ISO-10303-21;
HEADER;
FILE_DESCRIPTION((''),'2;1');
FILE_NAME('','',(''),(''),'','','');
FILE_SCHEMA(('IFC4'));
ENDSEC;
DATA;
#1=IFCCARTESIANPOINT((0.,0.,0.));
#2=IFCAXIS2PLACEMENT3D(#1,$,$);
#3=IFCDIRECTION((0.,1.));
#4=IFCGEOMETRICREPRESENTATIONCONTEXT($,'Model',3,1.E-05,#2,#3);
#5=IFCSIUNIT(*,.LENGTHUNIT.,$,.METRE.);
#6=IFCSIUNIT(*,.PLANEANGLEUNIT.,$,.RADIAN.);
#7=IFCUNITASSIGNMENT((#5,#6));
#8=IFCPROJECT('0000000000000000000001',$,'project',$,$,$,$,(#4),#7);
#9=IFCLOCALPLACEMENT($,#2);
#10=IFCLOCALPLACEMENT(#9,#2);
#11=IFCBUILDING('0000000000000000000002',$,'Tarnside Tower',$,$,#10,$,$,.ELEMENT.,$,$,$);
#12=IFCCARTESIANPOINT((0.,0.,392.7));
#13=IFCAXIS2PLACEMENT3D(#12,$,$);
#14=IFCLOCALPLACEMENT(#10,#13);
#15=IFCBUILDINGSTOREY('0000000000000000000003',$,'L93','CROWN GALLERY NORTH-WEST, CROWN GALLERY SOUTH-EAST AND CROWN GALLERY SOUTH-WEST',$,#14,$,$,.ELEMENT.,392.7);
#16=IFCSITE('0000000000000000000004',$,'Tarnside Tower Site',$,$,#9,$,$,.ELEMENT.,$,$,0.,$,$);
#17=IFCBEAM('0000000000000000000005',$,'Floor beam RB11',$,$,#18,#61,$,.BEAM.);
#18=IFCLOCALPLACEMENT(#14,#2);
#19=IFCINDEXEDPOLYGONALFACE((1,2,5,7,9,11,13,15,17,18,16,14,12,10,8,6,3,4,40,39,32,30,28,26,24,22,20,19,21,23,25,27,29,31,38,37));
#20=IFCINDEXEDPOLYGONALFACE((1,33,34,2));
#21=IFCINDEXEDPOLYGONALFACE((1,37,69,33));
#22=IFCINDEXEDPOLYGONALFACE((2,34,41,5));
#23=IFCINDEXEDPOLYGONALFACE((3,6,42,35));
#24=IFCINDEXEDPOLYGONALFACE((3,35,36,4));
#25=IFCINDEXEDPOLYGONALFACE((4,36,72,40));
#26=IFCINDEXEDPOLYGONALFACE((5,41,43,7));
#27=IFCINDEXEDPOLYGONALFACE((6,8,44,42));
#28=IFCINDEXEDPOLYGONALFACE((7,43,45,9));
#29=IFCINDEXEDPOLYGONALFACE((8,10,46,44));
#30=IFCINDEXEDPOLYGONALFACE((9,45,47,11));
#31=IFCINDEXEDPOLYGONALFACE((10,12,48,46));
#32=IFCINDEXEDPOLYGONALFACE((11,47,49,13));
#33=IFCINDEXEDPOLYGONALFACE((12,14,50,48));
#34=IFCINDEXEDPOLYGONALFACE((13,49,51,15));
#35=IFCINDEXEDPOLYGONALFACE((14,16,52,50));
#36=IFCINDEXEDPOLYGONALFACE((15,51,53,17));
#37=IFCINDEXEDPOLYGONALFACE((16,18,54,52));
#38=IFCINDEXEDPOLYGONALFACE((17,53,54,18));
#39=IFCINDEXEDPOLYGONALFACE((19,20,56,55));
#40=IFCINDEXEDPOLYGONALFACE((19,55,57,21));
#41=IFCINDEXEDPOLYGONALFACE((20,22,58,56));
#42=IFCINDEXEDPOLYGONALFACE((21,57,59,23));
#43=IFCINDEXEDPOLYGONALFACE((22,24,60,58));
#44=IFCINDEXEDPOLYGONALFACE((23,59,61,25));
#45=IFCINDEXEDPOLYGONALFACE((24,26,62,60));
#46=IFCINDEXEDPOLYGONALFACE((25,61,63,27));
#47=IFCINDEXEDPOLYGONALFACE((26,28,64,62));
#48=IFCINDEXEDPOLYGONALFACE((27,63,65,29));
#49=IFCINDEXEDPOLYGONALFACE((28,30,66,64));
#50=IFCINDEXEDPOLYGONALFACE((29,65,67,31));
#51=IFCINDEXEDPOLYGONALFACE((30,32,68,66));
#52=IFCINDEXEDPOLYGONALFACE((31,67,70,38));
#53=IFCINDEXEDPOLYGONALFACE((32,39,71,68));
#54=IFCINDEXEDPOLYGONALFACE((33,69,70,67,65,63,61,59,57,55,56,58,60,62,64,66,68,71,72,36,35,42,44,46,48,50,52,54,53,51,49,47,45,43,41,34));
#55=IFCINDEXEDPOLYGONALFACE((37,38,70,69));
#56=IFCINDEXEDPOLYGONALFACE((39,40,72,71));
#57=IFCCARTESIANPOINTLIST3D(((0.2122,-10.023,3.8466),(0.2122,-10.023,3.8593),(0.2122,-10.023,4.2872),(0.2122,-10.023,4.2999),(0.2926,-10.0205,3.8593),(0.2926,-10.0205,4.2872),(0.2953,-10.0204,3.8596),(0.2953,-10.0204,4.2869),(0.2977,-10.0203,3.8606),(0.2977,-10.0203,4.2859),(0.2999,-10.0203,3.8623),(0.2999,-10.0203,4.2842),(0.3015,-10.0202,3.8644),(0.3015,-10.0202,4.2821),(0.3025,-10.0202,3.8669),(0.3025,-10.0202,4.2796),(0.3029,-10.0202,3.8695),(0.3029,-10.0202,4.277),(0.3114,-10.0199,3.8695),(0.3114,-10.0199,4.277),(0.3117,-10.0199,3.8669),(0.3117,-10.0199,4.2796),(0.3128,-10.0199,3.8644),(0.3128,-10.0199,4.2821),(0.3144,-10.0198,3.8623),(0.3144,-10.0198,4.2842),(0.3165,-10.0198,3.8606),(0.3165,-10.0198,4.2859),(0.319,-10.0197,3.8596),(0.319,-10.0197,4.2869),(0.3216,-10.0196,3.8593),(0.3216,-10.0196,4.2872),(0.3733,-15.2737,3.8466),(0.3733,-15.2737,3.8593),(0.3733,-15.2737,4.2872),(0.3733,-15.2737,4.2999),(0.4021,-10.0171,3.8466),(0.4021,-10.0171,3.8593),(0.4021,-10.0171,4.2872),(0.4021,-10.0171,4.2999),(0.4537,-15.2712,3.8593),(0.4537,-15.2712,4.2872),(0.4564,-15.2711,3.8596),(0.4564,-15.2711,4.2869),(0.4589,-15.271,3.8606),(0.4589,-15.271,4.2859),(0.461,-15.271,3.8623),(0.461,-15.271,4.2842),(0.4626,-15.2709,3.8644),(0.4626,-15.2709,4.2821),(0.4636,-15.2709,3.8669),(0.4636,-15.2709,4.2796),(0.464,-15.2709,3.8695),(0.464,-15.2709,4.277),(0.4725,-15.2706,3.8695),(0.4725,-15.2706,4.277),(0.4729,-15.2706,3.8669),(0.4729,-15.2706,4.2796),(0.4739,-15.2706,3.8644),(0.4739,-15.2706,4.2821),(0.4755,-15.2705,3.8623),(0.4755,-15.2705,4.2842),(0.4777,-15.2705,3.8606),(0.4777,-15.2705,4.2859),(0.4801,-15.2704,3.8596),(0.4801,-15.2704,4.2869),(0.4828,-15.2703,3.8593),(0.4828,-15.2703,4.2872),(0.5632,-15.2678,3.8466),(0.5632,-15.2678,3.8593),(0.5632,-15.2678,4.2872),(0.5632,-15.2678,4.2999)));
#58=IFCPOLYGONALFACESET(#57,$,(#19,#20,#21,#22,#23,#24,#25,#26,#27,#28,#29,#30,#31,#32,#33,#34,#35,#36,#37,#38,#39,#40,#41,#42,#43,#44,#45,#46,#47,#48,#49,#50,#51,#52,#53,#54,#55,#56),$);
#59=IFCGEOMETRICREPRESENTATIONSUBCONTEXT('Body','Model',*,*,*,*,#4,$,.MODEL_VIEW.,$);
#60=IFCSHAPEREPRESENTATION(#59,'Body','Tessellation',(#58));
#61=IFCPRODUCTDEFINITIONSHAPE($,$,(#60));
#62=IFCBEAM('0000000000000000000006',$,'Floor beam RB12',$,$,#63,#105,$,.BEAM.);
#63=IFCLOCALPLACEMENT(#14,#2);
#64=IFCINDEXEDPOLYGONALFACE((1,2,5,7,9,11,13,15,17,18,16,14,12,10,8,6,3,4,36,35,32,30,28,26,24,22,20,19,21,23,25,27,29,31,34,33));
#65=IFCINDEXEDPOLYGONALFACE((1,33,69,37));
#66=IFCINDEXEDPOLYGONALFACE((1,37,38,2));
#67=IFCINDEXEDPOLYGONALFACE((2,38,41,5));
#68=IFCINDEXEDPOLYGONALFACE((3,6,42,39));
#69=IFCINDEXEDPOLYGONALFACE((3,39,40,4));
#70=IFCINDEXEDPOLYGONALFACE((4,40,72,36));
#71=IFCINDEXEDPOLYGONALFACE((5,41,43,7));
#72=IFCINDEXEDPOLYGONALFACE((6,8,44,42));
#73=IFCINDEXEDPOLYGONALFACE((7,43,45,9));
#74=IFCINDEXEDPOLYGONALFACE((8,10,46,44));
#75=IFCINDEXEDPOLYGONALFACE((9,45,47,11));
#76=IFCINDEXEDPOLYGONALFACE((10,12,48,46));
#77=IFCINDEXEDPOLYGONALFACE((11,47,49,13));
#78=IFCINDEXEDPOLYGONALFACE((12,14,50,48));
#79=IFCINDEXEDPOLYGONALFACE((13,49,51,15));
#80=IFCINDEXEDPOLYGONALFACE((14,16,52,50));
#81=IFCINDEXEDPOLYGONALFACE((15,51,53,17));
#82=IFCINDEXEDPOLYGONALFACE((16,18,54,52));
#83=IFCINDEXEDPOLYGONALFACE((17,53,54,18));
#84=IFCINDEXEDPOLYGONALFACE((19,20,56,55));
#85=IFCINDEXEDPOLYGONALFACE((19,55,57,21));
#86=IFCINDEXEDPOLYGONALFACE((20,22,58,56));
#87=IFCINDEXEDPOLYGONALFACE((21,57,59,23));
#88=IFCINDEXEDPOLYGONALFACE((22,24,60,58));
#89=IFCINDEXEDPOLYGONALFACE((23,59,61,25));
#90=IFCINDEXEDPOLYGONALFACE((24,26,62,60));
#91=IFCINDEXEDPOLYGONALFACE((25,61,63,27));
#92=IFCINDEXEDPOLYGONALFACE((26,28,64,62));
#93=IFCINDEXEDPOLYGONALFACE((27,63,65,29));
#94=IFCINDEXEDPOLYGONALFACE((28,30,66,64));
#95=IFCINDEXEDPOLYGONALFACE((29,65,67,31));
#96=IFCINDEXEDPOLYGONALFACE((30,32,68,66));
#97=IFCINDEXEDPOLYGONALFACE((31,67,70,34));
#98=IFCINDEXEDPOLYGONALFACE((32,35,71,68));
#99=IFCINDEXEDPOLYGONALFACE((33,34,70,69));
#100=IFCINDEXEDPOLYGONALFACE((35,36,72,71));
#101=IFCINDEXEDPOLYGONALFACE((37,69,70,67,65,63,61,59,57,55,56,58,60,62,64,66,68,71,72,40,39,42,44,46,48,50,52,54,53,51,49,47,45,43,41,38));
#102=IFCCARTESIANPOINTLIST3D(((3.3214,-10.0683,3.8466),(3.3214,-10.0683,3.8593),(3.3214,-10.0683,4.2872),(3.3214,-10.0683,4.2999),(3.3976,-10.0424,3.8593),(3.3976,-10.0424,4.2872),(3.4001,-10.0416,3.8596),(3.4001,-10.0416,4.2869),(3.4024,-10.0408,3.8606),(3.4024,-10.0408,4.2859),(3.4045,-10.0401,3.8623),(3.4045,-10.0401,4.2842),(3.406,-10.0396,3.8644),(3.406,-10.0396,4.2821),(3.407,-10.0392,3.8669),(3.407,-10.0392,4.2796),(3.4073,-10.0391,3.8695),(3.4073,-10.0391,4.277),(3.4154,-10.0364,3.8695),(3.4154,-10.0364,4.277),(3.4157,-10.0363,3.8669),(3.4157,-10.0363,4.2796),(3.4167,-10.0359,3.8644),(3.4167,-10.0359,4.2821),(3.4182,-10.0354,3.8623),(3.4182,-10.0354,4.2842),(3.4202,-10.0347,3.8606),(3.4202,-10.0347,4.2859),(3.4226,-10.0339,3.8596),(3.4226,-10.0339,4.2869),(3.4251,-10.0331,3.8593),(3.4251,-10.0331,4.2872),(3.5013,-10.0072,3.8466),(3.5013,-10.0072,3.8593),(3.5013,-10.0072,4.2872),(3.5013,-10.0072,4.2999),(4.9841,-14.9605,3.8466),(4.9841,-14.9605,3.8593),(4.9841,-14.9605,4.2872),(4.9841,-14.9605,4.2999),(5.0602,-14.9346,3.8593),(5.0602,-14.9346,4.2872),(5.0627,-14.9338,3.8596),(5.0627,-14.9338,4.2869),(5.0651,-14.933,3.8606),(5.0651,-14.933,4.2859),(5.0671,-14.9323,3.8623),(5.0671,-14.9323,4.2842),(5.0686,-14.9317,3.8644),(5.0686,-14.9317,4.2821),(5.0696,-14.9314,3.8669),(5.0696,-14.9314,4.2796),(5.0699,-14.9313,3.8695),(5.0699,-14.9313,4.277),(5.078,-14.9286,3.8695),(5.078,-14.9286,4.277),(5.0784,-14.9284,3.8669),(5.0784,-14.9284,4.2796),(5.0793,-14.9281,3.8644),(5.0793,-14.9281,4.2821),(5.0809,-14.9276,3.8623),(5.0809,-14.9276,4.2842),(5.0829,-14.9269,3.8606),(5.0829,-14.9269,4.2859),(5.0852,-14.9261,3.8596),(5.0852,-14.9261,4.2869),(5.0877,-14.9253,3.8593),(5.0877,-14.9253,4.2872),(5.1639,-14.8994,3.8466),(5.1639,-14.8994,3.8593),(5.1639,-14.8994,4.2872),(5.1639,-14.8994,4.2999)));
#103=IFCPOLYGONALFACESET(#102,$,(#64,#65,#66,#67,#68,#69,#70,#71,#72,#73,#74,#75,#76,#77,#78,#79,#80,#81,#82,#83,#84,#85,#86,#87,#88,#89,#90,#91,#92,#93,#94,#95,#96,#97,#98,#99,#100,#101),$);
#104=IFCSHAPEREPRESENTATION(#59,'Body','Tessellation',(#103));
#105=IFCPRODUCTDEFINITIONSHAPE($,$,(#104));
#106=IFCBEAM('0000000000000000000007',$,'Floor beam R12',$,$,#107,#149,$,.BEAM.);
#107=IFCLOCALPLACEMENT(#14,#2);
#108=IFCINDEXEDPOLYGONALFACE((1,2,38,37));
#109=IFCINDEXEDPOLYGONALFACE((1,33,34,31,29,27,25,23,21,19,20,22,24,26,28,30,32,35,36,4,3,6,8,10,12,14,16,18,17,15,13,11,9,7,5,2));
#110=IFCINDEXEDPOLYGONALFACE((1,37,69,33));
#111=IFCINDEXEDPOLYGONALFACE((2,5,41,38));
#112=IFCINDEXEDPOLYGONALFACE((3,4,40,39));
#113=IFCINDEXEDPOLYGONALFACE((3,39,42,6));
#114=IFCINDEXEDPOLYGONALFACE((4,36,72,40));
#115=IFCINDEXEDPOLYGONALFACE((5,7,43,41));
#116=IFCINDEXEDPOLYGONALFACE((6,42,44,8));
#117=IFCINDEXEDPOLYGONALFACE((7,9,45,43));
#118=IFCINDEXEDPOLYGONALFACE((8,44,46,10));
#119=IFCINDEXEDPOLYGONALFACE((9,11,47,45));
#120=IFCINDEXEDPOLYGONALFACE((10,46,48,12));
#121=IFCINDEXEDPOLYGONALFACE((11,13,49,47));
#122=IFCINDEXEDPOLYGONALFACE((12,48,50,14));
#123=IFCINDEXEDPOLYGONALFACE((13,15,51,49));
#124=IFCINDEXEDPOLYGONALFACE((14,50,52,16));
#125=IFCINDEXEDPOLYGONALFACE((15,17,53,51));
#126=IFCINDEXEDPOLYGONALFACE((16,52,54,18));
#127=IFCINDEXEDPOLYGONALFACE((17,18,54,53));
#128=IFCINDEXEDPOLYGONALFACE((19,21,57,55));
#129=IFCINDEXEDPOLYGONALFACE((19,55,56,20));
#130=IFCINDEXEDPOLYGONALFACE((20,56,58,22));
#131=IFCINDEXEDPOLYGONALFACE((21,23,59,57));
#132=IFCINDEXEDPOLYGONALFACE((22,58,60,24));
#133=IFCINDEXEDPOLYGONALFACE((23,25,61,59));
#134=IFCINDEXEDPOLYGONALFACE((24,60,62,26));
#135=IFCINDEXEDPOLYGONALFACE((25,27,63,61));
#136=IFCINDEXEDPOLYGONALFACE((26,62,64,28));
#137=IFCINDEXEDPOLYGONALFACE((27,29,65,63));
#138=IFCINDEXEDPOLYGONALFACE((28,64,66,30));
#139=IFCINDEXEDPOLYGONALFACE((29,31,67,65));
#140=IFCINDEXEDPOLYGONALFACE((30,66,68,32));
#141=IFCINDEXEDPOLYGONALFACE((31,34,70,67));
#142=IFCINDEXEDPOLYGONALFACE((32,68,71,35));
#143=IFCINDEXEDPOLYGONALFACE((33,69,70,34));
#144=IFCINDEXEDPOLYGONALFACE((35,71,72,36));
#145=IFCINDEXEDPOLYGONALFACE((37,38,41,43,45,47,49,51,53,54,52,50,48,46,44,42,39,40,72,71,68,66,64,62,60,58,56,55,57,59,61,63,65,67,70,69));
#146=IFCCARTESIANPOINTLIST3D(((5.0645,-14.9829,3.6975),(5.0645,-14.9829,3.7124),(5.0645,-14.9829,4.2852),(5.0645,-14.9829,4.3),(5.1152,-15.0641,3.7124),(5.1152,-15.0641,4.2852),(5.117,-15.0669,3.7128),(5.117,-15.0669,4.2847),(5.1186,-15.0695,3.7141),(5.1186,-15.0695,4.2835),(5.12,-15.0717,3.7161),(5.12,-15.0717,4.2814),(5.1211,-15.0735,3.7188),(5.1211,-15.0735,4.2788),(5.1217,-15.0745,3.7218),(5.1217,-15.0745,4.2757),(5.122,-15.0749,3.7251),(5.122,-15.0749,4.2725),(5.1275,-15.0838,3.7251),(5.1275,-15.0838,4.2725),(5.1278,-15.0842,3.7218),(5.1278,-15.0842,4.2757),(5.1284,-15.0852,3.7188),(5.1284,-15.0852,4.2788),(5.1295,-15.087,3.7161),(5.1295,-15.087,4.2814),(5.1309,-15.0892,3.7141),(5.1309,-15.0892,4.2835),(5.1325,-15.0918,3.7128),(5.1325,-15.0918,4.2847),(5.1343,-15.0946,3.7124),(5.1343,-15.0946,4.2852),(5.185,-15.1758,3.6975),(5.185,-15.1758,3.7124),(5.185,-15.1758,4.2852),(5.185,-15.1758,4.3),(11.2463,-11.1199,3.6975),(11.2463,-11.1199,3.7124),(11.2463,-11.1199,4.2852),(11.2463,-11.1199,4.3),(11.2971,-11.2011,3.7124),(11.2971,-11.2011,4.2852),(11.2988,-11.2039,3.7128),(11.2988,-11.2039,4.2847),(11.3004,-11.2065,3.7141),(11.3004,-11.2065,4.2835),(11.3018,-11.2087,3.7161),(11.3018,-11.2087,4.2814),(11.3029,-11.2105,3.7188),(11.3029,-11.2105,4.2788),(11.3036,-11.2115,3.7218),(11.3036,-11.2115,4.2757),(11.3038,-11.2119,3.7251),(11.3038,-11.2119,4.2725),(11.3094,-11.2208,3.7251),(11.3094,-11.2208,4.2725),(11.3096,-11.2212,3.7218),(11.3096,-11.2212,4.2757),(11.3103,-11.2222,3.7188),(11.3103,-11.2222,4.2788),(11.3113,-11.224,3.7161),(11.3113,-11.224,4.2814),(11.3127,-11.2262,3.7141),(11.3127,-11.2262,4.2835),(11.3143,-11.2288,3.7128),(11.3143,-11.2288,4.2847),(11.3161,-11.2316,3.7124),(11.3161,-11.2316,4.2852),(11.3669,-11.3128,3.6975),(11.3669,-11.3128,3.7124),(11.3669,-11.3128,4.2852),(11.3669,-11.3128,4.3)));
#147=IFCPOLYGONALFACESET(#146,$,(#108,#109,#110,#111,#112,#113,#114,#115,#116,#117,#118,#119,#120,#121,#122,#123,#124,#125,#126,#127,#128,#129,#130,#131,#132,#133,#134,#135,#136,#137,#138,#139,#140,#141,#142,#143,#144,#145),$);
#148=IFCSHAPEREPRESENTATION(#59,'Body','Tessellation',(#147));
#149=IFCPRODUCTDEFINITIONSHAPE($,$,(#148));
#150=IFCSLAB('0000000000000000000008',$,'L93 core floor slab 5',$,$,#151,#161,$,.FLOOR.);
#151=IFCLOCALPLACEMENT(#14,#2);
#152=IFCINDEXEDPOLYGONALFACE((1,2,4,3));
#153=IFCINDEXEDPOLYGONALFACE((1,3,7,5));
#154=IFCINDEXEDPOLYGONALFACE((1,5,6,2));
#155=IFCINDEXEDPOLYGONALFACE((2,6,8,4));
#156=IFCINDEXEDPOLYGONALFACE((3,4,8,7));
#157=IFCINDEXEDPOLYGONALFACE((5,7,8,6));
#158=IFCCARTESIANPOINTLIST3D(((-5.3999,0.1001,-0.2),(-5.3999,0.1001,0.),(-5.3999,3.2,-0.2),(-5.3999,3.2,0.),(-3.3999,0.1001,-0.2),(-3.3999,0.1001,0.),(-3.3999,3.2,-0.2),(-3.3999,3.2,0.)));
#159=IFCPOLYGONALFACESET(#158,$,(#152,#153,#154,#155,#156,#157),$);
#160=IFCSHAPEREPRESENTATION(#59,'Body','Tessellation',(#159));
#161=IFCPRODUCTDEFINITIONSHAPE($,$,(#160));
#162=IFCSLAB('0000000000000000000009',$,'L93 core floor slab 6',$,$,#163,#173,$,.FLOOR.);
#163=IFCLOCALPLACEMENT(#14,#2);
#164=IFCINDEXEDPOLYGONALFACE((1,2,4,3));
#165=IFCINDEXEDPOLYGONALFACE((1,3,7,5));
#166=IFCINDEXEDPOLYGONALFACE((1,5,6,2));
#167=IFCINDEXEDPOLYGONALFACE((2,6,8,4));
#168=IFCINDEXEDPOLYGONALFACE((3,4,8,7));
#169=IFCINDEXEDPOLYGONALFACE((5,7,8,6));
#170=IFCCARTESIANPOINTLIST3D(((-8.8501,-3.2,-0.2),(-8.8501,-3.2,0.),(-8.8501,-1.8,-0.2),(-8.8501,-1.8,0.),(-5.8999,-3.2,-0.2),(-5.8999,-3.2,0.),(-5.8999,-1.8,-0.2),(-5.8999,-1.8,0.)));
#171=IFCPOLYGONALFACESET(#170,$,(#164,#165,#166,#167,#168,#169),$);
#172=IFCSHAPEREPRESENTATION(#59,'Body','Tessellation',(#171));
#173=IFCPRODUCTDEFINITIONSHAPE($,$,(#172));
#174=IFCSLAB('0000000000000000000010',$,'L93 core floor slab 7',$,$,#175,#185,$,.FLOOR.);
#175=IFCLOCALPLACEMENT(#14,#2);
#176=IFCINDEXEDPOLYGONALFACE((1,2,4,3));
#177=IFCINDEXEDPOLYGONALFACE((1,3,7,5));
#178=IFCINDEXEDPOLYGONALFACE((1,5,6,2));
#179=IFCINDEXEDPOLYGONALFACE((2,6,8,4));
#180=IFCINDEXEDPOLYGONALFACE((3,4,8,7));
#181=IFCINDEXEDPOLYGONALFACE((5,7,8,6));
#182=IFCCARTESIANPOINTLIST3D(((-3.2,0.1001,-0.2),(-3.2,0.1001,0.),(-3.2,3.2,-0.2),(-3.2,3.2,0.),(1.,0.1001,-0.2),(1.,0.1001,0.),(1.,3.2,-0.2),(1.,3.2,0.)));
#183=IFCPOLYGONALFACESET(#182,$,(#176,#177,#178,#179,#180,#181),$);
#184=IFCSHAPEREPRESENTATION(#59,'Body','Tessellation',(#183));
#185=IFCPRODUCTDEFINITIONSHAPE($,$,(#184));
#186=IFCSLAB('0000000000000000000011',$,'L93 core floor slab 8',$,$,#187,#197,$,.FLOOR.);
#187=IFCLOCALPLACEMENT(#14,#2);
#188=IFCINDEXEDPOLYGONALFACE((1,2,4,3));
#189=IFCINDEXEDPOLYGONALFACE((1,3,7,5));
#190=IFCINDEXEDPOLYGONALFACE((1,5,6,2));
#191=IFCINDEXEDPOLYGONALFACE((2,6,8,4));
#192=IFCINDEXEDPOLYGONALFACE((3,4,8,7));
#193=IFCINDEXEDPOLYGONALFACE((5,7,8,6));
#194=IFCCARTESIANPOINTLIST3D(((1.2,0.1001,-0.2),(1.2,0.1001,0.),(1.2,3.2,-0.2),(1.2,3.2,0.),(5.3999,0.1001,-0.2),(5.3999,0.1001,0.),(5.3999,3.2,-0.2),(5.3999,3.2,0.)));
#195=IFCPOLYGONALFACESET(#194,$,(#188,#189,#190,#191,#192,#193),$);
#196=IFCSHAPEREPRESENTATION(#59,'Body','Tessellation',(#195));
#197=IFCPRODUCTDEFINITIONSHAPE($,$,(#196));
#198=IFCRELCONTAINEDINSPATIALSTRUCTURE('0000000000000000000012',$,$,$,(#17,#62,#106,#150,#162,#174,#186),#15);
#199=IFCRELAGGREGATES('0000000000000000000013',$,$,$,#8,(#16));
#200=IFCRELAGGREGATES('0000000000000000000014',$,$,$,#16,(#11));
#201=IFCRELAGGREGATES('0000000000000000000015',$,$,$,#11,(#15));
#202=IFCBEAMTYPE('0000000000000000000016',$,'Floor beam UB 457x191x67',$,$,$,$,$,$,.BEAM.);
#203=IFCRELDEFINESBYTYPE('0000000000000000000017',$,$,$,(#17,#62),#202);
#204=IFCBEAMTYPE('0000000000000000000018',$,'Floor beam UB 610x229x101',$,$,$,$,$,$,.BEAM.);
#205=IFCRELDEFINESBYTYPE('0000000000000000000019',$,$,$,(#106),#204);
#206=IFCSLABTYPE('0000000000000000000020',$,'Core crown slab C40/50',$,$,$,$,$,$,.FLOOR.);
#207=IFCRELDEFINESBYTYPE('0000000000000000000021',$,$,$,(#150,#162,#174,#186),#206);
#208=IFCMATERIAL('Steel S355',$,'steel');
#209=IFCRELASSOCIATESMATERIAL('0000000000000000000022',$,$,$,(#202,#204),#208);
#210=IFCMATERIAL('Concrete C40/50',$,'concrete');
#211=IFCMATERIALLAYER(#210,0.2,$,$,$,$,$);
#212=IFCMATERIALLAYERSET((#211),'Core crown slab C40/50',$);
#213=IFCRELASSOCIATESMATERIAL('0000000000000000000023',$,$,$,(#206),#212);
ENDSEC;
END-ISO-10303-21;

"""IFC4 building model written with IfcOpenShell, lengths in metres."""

from ifc_helpers import new_model, si_unit, direction, frame, origin, origin_2d, place, context, subcontext, project, spatial, polyline, i_section, outline, extrude, material, layer, layer_set, material_profile, profile_set, type_object, element, save


model = new_model("IFC4")

# Units and contexts
model_context = context("Model", 3, precision=1e-05, world=origin(), true_north=direction((0.0, 1.0)))
body_context = subcontext(model_context, "Body", "Model", "MODEL_VIEW")
ifc_project = project(units=[si_unit("LENGTHUNIT", "METRE"), si_unit("PLANEANGLEUNIT", "RADIAN")], contexts=[model_context])

# Site, building, storey
site_placement = place(None, origin())
site = spatial("IfcSite", under=ifc_project, at=site_placement, Name="Tarnside Tower Site", CompositionType="ELEMENT", RefElevation=0.0)
building_placement = place(site_placement, origin())
building = spatial("IfcBuilding", under=site, at=building_placement, Name="Tarnside Tower", CompositionType="ELEMENT")
storey_placement = place(building_placement, frame((0.0, 0.0, 392.7)))
storey = spatial("IfcBuildingStorey", under=building, at=storey_placement, Name="L93", Description="CROWN GALLERY NORTH-WEST, CROWN GALLERY SOUTH-EAST AND CROWN GALLERY SOUTH-WEST", CompositionType="ELEMENT", Elevation=392.7)

# Beams
ifc_material_1 = material(Name="Steel S355", Category="steel")
ifc_material_profile_1 = material_profile(ifc_material_1, i_section(OverallWidth=0.1899, OverallDepth=0.4534, WebThickness=0.0085, FlangeThickness=0.0127, FilletRadius=0.0103, at=origin_2d()), Name="UB 457x191x67")
ifc_profile_set_1 = profile_set([ifc_material_profile_1], Name="Steel S355")
beam_type_1 = type_object("IfcBeamType", Name="Floor beam UB 457x191x67", PredefinedType="BEAM", material=ifc_profile_set_1)
beam_1_placement = place(storey_placement, frame((0.4683, -15.2708, 4.0732), z_axis=(-0.030673, 0.999529, 0.0), x_axis=(-0.999529, -0.030673, 0.0)))
element("IfcBeam", 1, at=beam_1_placement, inside=storey, type_object=beam_type_1, Name="Floor beam RB11", PredefinedType="BEAM", context=body_context, shape_type="SweptSolid", body=[
    extrude(i_section(OverallWidth=0.1899, OverallDepth=0.4534, WebThickness=0.0085, FlangeThickness=0.0127, FilletRadius=0.0103, at=origin_2d()), origin(), (0.0, 0.0, 1.0), 5.2532),
])
beam_2_placement = place(storey_placement, frame((5.074, -14.9299, 4.0732), z_axis=(-0.321779, 0.946815, 0.0), x_axis=(-0.946815, -0.321779, 0.0)))
element("IfcBeam", 2, at=beam_2_placement, inside=storey, type_object=beam_type_1, Name="Floor beam RB12", PredefinedType="BEAM", context=body_context, shape_type="SweptSolid", body=[
    extrude(i_section(OverallWidth=0.1899, OverallDepth=0.4534, WebThickness=0.0085, FlangeThickness=0.0127, FilletRadius=0.0103, at=origin_2d()), origin(), (0.0, 0.0, 1.0), 5.167),
])
ifc_material_profile_2 = material_profile(ifc_material_1, i_section(OverallWidth=0.2275, OverallDepth=0.6025, WebThickness=0.0105, FlangeThickness=0.0149, FilletRadius=0.0127, at=origin_2d()), Name="UB 610x229x101")
ifc_profile_set_2 = profile_set([ifc_material_profile_2], Name="Steel S355")
beam_type_2 = type_object("IfcBeamType", Name="Floor beam UB 610x229x101", PredefinedType="BEAM", material=ifc_profile_set_2)
beam_3_placement = place(storey_placement, frame((5.1248, -15.0793, 3.9988), z_axis=(0.848038, 0.529936, 0.0), x_axis=(-0.529936, 0.848038, 0.0)))
element("IfcBeam", 3, at=beam_3_placement, inside=storey, type_object=beam_type_2, Name="Floor beam R12", PredefinedType="BEAM", context=body_context, shape_type="SweptSolid", body=[
    extrude(i_section(OverallWidth=0.2275, OverallDepth=0.6025, WebThickness=0.0105, FlangeThickness=0.0149, FilletRadius=0.0127, at=origin_2d()), origin(), (0.0, 0.0, 1.0), 7.2896),
])

# Slabs
ifc_material_2 = material(Name="Concrete C40/50", Category="concrete")
ifc_layer_1 = layer(ifc_material_2, 0.2)
ifc_layer_set_1 = layer_set([ifc_layer_1], Name="Core crown slab C40/50")
slab_type = type_object("IfcSlabType", Name="Core crown slab C40/50", PredefinedType="FLOOR", material=ifc_layer_set_1)
slab_1_placement = place(storey_placement, frame((0.0, 0.0, -0.2)))
element("IfcSlab", 4, at=slab_1_placement, inside=storey, type_object=slab_type, Name="L93 core floor slab 5", PredefinedType="FLOOR", context=body_context, shape_type="SweptSolid", body=[
    extrude(outline(polyline([(-3.3999, 3.2), (-3.3999, 0.1001), (-5.3999, 0.1001), (-5.3999, 3.2), (-3.3999, 3.2)])), origin(), (0.0, 0.0, 1.0), 0.2),
])
slab_2_placement = place(storey_placement, frame((0.0, 0.0, -0.2)))
element("IfcSlab", 5, at=slab_2_placement, inside=storey, type_object=slab_type, Name="L93 core floor slab 6", PredefinedType="FLOOR", context=body_context, shape_type="SweptSolid", body=[
    extrude(outline(polyline([(-8.8501, -3.2), (-8.8501, -1.8), (-5.8999, -1.8), (-5.8999, -3.2), (-8.8501, -3.2)])), origin(), (0.0, 0.0, 1.0), 0.2),
])
slab_3_placement = place(storey_placement, frame((0.0, 0.0, -0.2)))
element("IfcSlab", 6, at=slab_3_placement, inside=storey, type_object=slab_type, Name="L93 core floor slab 7", PredefinedType="FLOOR", context=body_context, shape_type="SweptSolid", body=[
    extrude(outline(polyline([(1.0, 3.2), (1.0, 0.1001), (-3.2, 0.1001), (-3.2, 3.2), (1.0, 3.2)])), origin(), (0.0, 0.0, 1.0), 0.2),
])
slab_4_placement = place(storey_placement, frame((0.0, 0.0, -0.2)))
element("IfcSlab", 7, at=slab_4_placement, inside=storey, type_object=slab_type, Name="L93 core floor slab 8", PredefinedType="FLOOR", context=body_context, shape_type="SweptSolid", body=[
    extrude(outline(polyline([(1.2, 3.2), (5.3999, 3.2), (5.3999, 0.1001), (1.2, 0.1001), (1.2, 3.2)])), origin(), (0.0, 0.0, 1.0), 0.2),
])

save(model, "model.ifc")
